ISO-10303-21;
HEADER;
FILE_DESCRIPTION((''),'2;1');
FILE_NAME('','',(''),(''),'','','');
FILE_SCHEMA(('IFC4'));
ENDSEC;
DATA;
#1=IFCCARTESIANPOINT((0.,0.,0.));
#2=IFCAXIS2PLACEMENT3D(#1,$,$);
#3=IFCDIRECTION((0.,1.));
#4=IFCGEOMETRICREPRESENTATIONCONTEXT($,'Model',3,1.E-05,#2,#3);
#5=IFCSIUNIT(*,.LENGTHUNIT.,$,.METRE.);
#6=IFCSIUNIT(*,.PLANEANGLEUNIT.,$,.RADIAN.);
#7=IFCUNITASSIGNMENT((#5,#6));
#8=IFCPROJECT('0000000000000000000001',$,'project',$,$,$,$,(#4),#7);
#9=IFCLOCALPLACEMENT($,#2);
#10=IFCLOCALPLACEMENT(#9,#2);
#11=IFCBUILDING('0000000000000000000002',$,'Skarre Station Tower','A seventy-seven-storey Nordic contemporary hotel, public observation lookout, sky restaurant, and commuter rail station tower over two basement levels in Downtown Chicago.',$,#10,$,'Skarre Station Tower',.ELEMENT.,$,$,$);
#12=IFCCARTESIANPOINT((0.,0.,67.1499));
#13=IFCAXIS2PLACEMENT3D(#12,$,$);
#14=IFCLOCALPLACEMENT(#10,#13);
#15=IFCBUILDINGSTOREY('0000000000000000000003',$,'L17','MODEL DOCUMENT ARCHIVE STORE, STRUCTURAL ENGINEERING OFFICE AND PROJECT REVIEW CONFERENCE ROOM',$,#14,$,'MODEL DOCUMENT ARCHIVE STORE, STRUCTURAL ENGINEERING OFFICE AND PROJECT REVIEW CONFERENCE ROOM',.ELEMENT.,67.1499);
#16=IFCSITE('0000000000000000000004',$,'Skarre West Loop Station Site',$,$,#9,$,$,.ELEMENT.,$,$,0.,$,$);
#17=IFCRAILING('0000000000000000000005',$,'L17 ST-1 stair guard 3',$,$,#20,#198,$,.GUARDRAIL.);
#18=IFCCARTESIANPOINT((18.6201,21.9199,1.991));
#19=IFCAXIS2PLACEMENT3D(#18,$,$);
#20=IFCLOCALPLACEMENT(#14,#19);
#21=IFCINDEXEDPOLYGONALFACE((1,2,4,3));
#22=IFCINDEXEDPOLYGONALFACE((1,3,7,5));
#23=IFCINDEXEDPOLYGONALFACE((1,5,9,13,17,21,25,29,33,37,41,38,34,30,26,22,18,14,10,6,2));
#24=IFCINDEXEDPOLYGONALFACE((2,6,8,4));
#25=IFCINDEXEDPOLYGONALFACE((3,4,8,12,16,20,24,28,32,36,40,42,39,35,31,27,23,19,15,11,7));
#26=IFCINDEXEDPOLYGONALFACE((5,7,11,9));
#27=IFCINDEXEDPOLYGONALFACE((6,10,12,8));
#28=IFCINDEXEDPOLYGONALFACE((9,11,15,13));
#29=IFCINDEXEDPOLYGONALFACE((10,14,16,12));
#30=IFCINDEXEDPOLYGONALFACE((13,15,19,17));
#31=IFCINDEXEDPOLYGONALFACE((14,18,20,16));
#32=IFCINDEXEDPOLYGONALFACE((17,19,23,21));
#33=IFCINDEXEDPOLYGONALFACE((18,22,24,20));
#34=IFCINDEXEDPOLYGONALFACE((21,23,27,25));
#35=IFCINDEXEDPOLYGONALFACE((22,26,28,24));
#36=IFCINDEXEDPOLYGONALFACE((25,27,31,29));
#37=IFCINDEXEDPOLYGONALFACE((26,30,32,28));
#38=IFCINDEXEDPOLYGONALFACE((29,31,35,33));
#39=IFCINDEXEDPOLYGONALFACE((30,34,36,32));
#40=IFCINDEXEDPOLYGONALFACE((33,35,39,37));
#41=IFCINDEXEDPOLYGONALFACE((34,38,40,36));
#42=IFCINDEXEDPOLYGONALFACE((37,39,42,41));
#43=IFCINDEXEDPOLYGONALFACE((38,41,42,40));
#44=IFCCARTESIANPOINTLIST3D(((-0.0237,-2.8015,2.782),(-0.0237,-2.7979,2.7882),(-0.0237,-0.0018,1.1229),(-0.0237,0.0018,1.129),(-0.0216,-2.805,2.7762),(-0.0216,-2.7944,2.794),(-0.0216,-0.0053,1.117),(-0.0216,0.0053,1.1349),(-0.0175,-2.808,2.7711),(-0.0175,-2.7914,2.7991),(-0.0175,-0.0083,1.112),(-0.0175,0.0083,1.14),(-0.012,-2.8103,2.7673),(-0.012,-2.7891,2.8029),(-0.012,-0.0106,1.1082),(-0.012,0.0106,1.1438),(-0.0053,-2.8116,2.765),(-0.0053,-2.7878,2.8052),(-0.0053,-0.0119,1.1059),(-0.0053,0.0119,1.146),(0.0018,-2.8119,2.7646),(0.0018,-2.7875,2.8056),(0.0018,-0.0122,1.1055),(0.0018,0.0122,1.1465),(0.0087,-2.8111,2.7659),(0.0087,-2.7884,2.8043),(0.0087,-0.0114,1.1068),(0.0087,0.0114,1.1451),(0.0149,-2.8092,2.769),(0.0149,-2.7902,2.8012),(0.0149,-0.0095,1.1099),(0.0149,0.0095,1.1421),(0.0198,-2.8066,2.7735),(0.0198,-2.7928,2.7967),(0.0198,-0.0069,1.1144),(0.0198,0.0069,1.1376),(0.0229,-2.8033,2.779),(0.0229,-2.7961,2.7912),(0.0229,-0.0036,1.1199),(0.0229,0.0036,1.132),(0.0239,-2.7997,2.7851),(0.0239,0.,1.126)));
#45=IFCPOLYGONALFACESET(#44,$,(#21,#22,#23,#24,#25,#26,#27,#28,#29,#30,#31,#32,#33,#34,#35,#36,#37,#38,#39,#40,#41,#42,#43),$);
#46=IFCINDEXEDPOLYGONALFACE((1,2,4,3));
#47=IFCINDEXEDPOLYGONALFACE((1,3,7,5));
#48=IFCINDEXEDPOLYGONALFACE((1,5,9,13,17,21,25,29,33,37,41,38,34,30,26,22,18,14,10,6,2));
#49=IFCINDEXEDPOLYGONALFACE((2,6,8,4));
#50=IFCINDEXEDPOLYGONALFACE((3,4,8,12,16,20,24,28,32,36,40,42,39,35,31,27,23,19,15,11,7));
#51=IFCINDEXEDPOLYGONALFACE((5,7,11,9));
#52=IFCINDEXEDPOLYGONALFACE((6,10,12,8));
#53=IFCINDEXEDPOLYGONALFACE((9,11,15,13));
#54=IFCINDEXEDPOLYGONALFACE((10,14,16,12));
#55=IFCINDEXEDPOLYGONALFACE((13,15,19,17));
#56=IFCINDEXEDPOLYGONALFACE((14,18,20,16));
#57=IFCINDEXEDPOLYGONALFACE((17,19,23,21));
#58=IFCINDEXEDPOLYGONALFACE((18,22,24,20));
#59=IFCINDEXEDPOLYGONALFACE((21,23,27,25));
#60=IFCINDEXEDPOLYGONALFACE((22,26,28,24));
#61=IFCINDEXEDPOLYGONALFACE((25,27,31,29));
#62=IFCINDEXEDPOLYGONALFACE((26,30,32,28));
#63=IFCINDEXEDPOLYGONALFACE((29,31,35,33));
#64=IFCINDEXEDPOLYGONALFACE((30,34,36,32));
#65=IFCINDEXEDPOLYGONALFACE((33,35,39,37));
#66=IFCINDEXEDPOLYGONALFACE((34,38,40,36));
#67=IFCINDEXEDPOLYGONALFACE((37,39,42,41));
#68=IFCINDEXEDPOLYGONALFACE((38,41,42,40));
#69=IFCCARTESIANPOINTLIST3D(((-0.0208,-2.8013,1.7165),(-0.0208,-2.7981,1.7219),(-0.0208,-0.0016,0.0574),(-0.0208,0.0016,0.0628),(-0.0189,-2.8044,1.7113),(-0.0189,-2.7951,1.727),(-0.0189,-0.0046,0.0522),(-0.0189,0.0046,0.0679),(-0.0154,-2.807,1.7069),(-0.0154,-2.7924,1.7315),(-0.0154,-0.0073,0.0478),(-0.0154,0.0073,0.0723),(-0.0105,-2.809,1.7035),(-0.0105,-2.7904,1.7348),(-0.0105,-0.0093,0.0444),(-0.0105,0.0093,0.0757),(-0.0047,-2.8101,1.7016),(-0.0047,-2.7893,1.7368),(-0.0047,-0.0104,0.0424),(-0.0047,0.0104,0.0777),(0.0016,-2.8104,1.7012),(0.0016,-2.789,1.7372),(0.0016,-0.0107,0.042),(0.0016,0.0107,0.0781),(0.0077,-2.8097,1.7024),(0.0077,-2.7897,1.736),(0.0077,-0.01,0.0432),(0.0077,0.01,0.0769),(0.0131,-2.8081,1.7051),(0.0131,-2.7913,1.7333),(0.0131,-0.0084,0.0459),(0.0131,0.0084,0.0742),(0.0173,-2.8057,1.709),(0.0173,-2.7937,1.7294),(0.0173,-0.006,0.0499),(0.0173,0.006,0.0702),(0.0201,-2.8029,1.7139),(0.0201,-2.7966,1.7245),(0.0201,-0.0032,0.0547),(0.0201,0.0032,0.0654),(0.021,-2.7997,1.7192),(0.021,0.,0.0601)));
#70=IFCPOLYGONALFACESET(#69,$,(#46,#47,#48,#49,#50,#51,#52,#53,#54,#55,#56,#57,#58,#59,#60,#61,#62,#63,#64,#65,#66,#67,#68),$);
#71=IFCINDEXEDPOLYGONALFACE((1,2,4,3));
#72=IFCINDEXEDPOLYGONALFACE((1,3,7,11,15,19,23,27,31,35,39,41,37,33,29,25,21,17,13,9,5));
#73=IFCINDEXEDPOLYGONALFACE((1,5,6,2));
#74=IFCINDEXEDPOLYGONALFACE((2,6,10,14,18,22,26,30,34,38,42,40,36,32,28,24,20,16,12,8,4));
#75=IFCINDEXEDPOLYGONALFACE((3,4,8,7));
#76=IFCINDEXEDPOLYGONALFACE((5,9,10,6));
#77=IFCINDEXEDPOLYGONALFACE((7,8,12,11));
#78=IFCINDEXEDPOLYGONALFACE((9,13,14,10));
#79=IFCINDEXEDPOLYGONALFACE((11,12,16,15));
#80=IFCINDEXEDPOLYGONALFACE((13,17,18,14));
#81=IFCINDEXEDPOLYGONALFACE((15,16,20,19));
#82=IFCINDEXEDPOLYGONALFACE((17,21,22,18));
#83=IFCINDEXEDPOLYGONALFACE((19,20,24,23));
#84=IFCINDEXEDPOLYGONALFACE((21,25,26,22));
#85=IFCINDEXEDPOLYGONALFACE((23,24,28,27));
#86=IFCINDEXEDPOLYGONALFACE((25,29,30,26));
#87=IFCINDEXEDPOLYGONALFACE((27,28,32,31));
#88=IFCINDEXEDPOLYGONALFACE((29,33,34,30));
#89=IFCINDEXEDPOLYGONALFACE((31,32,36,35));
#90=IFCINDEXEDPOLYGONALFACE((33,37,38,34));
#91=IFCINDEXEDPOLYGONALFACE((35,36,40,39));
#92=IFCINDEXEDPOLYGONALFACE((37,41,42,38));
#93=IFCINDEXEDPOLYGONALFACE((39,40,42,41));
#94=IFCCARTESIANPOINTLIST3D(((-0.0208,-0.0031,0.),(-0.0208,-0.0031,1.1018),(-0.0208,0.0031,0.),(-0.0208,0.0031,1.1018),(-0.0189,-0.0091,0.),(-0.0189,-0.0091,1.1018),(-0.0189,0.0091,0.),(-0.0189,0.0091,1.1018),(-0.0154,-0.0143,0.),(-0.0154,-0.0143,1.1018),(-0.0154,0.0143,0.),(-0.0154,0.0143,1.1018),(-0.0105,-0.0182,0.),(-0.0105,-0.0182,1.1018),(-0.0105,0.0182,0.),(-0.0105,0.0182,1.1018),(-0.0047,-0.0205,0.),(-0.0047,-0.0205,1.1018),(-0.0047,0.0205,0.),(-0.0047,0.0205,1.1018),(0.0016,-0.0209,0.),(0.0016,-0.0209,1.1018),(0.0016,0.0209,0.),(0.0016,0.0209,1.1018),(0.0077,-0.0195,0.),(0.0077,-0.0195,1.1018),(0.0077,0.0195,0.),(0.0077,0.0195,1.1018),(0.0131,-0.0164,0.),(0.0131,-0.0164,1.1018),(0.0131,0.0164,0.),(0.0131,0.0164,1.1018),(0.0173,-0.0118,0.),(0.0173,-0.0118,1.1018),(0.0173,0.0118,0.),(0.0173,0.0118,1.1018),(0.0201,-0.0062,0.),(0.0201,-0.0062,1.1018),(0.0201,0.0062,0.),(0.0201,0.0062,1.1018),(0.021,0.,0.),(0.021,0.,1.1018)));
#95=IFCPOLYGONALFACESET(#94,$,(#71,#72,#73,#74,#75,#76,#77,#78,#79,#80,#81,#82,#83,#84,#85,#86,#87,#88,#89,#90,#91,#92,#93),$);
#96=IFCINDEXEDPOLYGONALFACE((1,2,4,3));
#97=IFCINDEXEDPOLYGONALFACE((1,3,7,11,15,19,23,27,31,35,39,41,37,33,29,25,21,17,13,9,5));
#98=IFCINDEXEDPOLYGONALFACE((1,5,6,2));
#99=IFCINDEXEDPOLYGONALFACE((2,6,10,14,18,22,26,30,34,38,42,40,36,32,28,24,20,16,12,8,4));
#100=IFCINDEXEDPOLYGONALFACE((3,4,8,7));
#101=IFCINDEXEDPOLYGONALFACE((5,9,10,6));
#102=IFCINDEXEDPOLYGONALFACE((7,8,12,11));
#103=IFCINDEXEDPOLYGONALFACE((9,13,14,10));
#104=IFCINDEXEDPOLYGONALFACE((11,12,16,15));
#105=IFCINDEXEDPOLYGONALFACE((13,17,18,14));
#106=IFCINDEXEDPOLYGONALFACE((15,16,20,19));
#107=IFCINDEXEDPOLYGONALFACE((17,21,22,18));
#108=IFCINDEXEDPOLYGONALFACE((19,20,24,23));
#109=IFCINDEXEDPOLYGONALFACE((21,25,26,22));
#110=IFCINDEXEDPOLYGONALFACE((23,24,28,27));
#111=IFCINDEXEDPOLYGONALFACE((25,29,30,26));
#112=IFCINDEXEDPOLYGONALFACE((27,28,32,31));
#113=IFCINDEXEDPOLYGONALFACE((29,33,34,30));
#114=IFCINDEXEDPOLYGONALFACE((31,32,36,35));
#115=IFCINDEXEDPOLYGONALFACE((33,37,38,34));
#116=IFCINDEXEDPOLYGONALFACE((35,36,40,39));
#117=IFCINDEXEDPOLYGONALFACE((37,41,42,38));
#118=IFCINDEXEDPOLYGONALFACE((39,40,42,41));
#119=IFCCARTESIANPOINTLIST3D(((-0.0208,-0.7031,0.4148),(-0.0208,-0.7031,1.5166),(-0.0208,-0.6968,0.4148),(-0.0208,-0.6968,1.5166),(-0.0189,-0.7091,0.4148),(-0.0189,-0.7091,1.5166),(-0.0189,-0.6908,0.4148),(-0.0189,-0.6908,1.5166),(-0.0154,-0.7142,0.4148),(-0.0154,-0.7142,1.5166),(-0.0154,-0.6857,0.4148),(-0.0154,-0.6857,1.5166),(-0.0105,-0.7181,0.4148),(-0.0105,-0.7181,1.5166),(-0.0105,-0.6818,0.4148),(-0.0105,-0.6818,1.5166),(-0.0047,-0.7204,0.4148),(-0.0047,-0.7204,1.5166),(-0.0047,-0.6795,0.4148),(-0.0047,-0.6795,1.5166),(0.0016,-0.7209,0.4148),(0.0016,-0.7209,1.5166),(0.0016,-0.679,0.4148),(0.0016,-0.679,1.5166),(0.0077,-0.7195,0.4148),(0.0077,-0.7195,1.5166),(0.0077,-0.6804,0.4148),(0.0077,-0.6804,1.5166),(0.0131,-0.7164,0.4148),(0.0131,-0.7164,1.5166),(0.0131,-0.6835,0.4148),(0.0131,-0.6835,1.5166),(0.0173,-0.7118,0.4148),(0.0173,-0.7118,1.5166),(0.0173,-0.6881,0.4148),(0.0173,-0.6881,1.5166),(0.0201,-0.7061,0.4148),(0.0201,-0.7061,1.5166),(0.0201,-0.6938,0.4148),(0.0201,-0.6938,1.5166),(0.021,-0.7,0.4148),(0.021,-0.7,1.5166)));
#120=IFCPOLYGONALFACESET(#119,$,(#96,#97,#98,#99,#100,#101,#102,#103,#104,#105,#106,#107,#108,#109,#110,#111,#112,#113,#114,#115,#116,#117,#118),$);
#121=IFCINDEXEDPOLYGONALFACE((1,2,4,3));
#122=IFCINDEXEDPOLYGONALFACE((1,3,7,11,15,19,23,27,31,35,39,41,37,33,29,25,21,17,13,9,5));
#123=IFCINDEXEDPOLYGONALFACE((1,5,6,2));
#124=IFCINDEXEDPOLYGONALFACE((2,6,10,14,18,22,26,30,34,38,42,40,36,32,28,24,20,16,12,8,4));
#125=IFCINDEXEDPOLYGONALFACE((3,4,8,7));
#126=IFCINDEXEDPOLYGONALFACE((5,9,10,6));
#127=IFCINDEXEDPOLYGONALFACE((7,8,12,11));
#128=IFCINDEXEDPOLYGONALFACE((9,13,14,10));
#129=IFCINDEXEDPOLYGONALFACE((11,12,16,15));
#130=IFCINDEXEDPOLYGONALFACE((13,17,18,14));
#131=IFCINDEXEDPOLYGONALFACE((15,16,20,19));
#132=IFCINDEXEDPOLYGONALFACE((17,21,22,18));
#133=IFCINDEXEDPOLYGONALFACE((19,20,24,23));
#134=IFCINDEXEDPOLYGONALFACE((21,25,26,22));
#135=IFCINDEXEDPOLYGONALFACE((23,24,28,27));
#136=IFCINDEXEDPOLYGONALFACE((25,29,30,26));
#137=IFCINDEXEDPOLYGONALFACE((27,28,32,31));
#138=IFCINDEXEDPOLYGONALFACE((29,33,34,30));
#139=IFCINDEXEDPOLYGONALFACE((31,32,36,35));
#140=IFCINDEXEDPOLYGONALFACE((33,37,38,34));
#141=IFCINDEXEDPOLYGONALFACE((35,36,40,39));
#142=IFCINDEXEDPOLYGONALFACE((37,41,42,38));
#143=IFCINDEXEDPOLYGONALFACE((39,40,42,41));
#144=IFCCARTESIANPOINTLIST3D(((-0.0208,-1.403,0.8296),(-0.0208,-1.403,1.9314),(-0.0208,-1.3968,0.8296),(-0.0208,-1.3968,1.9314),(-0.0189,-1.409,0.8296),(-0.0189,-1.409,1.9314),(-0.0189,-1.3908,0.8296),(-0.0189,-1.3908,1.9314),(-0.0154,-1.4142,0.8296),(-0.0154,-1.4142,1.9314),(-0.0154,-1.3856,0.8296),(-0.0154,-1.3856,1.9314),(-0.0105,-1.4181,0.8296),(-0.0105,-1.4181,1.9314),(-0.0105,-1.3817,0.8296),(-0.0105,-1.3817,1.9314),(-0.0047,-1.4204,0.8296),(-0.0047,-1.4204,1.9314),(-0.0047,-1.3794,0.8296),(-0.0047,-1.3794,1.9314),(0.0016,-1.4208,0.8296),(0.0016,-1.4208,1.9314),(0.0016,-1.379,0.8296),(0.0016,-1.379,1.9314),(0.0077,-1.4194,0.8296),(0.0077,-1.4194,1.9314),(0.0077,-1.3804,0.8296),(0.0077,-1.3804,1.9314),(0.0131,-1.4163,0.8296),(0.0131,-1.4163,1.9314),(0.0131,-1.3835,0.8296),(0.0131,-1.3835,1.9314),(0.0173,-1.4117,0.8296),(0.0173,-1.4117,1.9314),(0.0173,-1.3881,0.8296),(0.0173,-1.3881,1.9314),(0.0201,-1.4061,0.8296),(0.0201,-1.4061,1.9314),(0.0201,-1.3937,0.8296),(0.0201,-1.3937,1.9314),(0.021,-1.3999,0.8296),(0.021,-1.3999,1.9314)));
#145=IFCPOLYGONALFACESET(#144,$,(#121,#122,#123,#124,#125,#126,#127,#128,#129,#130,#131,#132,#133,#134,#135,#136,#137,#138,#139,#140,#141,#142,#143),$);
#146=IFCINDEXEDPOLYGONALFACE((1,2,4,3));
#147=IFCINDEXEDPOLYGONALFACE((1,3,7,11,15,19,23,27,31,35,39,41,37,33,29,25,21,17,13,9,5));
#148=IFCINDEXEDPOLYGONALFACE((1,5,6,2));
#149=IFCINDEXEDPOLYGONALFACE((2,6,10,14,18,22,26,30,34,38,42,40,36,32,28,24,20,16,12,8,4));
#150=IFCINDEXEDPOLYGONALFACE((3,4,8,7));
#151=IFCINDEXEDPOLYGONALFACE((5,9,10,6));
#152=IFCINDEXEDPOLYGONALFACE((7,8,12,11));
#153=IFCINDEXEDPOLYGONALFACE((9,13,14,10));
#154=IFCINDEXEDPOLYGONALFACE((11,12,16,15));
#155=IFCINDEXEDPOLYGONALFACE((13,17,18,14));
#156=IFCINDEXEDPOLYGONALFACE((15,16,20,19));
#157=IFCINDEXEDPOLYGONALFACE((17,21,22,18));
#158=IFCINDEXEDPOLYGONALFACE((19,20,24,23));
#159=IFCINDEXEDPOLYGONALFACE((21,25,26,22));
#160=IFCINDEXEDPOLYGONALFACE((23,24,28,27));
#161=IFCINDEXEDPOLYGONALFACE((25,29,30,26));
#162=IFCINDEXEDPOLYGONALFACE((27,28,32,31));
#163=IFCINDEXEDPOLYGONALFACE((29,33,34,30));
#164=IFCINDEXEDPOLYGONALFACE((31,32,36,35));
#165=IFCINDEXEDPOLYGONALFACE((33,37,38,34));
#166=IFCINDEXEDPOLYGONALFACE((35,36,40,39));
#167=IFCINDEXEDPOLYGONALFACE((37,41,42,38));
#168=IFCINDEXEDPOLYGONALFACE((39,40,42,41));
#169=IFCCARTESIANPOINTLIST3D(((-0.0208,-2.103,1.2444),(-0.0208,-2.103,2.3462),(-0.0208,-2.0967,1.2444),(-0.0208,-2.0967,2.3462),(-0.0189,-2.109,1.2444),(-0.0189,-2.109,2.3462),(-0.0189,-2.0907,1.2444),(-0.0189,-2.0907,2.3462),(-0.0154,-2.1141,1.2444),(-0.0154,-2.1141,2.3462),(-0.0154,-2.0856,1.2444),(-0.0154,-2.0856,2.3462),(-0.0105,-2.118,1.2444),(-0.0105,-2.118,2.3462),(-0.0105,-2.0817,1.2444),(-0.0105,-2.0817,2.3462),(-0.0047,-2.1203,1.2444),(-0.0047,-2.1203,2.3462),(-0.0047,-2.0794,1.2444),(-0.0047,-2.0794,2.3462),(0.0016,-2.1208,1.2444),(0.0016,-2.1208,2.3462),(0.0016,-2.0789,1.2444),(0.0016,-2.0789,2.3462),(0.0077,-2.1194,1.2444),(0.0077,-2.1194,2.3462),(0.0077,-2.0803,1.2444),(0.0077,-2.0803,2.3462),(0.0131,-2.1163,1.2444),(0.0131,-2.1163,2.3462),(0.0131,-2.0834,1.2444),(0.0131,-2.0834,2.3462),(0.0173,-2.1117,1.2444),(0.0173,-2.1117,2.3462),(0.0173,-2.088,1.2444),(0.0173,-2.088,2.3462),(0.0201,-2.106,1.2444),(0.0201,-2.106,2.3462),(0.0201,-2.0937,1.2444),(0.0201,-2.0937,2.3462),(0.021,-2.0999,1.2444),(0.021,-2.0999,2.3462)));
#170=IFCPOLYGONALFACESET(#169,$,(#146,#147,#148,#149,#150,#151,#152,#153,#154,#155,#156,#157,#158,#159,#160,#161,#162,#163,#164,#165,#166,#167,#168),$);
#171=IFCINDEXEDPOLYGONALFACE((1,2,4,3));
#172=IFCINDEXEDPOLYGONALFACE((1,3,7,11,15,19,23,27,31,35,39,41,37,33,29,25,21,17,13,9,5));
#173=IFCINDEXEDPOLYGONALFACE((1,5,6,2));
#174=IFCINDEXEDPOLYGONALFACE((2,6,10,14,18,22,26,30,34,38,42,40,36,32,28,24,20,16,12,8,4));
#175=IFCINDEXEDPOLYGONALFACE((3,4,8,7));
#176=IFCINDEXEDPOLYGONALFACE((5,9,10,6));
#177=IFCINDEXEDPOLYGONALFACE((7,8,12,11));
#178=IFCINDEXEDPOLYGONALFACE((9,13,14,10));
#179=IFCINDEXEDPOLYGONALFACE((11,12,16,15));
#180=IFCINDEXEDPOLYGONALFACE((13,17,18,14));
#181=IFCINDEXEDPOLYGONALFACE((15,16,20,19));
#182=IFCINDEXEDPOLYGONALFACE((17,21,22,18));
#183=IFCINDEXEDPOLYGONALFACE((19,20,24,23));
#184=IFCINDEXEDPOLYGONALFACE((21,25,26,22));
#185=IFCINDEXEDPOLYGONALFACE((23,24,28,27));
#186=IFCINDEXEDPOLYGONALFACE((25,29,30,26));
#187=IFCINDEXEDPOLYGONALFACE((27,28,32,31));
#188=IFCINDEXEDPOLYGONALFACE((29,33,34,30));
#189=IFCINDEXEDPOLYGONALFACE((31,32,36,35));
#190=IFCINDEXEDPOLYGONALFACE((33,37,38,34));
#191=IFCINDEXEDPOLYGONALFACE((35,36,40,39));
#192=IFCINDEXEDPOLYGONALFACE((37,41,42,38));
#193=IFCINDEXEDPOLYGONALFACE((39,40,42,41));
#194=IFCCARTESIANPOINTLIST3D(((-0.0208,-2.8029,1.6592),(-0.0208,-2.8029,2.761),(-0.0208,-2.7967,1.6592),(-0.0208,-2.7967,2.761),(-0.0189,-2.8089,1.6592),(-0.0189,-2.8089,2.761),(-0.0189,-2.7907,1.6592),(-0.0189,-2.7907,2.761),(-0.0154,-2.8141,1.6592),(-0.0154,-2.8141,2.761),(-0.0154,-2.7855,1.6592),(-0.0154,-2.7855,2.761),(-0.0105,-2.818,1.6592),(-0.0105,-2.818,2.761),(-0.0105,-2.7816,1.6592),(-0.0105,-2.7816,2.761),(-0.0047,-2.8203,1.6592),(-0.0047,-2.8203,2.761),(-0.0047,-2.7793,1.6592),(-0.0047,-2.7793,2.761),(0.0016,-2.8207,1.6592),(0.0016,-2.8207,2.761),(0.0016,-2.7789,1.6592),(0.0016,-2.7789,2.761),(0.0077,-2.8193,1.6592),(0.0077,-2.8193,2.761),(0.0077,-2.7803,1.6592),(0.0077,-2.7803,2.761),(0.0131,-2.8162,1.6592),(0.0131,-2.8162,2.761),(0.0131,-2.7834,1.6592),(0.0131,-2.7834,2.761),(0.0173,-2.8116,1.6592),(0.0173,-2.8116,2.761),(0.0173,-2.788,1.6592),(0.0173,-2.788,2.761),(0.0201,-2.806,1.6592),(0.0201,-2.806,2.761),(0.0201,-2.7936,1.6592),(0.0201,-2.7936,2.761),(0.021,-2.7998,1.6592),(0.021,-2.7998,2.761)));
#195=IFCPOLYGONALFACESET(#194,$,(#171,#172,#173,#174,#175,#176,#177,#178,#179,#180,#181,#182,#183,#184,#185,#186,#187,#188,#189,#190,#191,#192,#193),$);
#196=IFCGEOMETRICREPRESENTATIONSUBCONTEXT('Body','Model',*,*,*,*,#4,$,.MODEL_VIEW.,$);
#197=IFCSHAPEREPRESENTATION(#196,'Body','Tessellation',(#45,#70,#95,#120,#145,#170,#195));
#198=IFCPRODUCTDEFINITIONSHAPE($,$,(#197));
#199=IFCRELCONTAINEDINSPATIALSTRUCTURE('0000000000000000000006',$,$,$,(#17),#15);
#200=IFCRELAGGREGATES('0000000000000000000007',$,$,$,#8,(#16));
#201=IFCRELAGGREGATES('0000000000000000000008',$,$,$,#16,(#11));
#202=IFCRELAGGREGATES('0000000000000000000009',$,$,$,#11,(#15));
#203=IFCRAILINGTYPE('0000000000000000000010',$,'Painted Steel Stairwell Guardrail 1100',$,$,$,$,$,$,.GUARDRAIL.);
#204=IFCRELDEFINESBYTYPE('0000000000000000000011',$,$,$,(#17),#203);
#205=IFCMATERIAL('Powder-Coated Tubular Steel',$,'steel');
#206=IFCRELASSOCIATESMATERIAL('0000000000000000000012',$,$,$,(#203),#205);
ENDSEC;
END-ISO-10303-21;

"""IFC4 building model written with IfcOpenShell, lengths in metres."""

from ifc_helpers import new_model, si_unit, direction, frame, origin, origin_2d, place, context, subcontext, project, spatial, circle, extrude, material, type_object, element, save


model = new_model("IFC4")

# Units and contexts
model_context = context("Model", 3, precision=1e-05, world=origin(), true_north=direction((0.0, 1.0)))
body_context = subcontext(model_context, "Body", "Model", "MODEL_VIEW")
ifc_project = project(units=[si_unit("LENGTHUNIT", "METRE"), si_unit("PLANEANGLEUNIT", "RADIAN")], contexts=[model_context])

# Site, building, storey
site_placement = place(None, origin())
site = spatial("IfcSite", under=ifc_project, at=site_placement, Name="Skarre West Loop Station Site", CompositionType="ELEMENT", RefElevation=0.0)
building_placement = place(site_placement, origin())
building = spatial("IfcBuilding", under=site, at=building_placement, Name="Skarre Station Tower", Description="A seventy-seven-storey Nordic contemporary hotel, public observation lookout, sky restaurant, and commuter rail station tower over two basement levels in Downtown Chicago.", LongName="Skarre Station Tower", CompositionType="ELEMENT")
storey_placement = place(building_placement, frame((0.0, 0.0, 67.1499)))
storey = spatial("IfcBuildingStorey", under=building, at=storey_placement, Name="L17", Description="MODEL DOCUMENT ARCHIVE STORE, STRUCTURAL ENGINEERING OFFICE AND PROJECT REVIEW CONFERENCE ROOM", LongName="MODEL DOCUMENT ARCHIVE STORE, STRUCTURAL ENGINEERING OFFICE AND PROJECT REVIEW CONFERENCE ROOM", CompositionType="ELEMENT", Elevation=67.1499)

# Railing
ifc_material_1 = material(Name="Powder-Coated Tubular Steel", Category="steel")
railing_type = type_object("IfcRailingType", Name="Painted Steel Stairwell Guardrail 1100", PredefinedType="GUARDRAIL", material=ifc_material_1)
railing_1_placement = place(storey_placement, frame((18.6201, 21.9199, 1.991)))
element("IfcRailing", 1, at=railing_1_placement, inside=storey, type_object=railing_type, Name="L17 ST-1 stair guard 3", PredefinedType="GUARDRAIL", context=body_context, shape_type="SweptSolid", body=[
    extrude(circle(Radius=0.0239, at=origin_2d()), frame((0.0, 0.0, 1.126), z_axis=(0.0, -0.860287, 0.509811), x_axis=(1.0, 0.0, 0.0)), (0.0, 0.0, 1.0), 3.2544),
    extrude(circle(Radius=0.021, at=origin_2d()), frame((0.0, 0.0, 0.0601), z_axis=(0.0, -0.860287, 0.509811), x_axis=(1.0, 0.0, 0.0)), (0.0, 0.0, 1.0), 3.2544),
    extrude(circle(Radius=0.021, at=origin_2d()), origin(), (0.0, 0.0, 1.0), 1.1018),
    extrude(circle(Radius=0.021, at=origin_2d()), frame((0.0, -0.7, 0.4148)), (0.0, 0.0, 1.0), 1.1018),
    extrude(circle(Radius=0.021, at=origin_2d()), frame((0.0, -1.3999, 0.8296)), (0.0, 0.0, 1.0), 1.1018),
    extrude(circle(Radius=0.021, at=origin_2d()), frame((0.0, -2.0999, 1.2444)), (0.0, 0.0, 1.0), 1.1018),
    extrude(circle(Radius=0.021, at=origin_2d()), frame((0.0, -2.7998, 1.6592)), (0.0, 0.0, 1.0), 1.1018),
])

save(model, "model.ifc")
